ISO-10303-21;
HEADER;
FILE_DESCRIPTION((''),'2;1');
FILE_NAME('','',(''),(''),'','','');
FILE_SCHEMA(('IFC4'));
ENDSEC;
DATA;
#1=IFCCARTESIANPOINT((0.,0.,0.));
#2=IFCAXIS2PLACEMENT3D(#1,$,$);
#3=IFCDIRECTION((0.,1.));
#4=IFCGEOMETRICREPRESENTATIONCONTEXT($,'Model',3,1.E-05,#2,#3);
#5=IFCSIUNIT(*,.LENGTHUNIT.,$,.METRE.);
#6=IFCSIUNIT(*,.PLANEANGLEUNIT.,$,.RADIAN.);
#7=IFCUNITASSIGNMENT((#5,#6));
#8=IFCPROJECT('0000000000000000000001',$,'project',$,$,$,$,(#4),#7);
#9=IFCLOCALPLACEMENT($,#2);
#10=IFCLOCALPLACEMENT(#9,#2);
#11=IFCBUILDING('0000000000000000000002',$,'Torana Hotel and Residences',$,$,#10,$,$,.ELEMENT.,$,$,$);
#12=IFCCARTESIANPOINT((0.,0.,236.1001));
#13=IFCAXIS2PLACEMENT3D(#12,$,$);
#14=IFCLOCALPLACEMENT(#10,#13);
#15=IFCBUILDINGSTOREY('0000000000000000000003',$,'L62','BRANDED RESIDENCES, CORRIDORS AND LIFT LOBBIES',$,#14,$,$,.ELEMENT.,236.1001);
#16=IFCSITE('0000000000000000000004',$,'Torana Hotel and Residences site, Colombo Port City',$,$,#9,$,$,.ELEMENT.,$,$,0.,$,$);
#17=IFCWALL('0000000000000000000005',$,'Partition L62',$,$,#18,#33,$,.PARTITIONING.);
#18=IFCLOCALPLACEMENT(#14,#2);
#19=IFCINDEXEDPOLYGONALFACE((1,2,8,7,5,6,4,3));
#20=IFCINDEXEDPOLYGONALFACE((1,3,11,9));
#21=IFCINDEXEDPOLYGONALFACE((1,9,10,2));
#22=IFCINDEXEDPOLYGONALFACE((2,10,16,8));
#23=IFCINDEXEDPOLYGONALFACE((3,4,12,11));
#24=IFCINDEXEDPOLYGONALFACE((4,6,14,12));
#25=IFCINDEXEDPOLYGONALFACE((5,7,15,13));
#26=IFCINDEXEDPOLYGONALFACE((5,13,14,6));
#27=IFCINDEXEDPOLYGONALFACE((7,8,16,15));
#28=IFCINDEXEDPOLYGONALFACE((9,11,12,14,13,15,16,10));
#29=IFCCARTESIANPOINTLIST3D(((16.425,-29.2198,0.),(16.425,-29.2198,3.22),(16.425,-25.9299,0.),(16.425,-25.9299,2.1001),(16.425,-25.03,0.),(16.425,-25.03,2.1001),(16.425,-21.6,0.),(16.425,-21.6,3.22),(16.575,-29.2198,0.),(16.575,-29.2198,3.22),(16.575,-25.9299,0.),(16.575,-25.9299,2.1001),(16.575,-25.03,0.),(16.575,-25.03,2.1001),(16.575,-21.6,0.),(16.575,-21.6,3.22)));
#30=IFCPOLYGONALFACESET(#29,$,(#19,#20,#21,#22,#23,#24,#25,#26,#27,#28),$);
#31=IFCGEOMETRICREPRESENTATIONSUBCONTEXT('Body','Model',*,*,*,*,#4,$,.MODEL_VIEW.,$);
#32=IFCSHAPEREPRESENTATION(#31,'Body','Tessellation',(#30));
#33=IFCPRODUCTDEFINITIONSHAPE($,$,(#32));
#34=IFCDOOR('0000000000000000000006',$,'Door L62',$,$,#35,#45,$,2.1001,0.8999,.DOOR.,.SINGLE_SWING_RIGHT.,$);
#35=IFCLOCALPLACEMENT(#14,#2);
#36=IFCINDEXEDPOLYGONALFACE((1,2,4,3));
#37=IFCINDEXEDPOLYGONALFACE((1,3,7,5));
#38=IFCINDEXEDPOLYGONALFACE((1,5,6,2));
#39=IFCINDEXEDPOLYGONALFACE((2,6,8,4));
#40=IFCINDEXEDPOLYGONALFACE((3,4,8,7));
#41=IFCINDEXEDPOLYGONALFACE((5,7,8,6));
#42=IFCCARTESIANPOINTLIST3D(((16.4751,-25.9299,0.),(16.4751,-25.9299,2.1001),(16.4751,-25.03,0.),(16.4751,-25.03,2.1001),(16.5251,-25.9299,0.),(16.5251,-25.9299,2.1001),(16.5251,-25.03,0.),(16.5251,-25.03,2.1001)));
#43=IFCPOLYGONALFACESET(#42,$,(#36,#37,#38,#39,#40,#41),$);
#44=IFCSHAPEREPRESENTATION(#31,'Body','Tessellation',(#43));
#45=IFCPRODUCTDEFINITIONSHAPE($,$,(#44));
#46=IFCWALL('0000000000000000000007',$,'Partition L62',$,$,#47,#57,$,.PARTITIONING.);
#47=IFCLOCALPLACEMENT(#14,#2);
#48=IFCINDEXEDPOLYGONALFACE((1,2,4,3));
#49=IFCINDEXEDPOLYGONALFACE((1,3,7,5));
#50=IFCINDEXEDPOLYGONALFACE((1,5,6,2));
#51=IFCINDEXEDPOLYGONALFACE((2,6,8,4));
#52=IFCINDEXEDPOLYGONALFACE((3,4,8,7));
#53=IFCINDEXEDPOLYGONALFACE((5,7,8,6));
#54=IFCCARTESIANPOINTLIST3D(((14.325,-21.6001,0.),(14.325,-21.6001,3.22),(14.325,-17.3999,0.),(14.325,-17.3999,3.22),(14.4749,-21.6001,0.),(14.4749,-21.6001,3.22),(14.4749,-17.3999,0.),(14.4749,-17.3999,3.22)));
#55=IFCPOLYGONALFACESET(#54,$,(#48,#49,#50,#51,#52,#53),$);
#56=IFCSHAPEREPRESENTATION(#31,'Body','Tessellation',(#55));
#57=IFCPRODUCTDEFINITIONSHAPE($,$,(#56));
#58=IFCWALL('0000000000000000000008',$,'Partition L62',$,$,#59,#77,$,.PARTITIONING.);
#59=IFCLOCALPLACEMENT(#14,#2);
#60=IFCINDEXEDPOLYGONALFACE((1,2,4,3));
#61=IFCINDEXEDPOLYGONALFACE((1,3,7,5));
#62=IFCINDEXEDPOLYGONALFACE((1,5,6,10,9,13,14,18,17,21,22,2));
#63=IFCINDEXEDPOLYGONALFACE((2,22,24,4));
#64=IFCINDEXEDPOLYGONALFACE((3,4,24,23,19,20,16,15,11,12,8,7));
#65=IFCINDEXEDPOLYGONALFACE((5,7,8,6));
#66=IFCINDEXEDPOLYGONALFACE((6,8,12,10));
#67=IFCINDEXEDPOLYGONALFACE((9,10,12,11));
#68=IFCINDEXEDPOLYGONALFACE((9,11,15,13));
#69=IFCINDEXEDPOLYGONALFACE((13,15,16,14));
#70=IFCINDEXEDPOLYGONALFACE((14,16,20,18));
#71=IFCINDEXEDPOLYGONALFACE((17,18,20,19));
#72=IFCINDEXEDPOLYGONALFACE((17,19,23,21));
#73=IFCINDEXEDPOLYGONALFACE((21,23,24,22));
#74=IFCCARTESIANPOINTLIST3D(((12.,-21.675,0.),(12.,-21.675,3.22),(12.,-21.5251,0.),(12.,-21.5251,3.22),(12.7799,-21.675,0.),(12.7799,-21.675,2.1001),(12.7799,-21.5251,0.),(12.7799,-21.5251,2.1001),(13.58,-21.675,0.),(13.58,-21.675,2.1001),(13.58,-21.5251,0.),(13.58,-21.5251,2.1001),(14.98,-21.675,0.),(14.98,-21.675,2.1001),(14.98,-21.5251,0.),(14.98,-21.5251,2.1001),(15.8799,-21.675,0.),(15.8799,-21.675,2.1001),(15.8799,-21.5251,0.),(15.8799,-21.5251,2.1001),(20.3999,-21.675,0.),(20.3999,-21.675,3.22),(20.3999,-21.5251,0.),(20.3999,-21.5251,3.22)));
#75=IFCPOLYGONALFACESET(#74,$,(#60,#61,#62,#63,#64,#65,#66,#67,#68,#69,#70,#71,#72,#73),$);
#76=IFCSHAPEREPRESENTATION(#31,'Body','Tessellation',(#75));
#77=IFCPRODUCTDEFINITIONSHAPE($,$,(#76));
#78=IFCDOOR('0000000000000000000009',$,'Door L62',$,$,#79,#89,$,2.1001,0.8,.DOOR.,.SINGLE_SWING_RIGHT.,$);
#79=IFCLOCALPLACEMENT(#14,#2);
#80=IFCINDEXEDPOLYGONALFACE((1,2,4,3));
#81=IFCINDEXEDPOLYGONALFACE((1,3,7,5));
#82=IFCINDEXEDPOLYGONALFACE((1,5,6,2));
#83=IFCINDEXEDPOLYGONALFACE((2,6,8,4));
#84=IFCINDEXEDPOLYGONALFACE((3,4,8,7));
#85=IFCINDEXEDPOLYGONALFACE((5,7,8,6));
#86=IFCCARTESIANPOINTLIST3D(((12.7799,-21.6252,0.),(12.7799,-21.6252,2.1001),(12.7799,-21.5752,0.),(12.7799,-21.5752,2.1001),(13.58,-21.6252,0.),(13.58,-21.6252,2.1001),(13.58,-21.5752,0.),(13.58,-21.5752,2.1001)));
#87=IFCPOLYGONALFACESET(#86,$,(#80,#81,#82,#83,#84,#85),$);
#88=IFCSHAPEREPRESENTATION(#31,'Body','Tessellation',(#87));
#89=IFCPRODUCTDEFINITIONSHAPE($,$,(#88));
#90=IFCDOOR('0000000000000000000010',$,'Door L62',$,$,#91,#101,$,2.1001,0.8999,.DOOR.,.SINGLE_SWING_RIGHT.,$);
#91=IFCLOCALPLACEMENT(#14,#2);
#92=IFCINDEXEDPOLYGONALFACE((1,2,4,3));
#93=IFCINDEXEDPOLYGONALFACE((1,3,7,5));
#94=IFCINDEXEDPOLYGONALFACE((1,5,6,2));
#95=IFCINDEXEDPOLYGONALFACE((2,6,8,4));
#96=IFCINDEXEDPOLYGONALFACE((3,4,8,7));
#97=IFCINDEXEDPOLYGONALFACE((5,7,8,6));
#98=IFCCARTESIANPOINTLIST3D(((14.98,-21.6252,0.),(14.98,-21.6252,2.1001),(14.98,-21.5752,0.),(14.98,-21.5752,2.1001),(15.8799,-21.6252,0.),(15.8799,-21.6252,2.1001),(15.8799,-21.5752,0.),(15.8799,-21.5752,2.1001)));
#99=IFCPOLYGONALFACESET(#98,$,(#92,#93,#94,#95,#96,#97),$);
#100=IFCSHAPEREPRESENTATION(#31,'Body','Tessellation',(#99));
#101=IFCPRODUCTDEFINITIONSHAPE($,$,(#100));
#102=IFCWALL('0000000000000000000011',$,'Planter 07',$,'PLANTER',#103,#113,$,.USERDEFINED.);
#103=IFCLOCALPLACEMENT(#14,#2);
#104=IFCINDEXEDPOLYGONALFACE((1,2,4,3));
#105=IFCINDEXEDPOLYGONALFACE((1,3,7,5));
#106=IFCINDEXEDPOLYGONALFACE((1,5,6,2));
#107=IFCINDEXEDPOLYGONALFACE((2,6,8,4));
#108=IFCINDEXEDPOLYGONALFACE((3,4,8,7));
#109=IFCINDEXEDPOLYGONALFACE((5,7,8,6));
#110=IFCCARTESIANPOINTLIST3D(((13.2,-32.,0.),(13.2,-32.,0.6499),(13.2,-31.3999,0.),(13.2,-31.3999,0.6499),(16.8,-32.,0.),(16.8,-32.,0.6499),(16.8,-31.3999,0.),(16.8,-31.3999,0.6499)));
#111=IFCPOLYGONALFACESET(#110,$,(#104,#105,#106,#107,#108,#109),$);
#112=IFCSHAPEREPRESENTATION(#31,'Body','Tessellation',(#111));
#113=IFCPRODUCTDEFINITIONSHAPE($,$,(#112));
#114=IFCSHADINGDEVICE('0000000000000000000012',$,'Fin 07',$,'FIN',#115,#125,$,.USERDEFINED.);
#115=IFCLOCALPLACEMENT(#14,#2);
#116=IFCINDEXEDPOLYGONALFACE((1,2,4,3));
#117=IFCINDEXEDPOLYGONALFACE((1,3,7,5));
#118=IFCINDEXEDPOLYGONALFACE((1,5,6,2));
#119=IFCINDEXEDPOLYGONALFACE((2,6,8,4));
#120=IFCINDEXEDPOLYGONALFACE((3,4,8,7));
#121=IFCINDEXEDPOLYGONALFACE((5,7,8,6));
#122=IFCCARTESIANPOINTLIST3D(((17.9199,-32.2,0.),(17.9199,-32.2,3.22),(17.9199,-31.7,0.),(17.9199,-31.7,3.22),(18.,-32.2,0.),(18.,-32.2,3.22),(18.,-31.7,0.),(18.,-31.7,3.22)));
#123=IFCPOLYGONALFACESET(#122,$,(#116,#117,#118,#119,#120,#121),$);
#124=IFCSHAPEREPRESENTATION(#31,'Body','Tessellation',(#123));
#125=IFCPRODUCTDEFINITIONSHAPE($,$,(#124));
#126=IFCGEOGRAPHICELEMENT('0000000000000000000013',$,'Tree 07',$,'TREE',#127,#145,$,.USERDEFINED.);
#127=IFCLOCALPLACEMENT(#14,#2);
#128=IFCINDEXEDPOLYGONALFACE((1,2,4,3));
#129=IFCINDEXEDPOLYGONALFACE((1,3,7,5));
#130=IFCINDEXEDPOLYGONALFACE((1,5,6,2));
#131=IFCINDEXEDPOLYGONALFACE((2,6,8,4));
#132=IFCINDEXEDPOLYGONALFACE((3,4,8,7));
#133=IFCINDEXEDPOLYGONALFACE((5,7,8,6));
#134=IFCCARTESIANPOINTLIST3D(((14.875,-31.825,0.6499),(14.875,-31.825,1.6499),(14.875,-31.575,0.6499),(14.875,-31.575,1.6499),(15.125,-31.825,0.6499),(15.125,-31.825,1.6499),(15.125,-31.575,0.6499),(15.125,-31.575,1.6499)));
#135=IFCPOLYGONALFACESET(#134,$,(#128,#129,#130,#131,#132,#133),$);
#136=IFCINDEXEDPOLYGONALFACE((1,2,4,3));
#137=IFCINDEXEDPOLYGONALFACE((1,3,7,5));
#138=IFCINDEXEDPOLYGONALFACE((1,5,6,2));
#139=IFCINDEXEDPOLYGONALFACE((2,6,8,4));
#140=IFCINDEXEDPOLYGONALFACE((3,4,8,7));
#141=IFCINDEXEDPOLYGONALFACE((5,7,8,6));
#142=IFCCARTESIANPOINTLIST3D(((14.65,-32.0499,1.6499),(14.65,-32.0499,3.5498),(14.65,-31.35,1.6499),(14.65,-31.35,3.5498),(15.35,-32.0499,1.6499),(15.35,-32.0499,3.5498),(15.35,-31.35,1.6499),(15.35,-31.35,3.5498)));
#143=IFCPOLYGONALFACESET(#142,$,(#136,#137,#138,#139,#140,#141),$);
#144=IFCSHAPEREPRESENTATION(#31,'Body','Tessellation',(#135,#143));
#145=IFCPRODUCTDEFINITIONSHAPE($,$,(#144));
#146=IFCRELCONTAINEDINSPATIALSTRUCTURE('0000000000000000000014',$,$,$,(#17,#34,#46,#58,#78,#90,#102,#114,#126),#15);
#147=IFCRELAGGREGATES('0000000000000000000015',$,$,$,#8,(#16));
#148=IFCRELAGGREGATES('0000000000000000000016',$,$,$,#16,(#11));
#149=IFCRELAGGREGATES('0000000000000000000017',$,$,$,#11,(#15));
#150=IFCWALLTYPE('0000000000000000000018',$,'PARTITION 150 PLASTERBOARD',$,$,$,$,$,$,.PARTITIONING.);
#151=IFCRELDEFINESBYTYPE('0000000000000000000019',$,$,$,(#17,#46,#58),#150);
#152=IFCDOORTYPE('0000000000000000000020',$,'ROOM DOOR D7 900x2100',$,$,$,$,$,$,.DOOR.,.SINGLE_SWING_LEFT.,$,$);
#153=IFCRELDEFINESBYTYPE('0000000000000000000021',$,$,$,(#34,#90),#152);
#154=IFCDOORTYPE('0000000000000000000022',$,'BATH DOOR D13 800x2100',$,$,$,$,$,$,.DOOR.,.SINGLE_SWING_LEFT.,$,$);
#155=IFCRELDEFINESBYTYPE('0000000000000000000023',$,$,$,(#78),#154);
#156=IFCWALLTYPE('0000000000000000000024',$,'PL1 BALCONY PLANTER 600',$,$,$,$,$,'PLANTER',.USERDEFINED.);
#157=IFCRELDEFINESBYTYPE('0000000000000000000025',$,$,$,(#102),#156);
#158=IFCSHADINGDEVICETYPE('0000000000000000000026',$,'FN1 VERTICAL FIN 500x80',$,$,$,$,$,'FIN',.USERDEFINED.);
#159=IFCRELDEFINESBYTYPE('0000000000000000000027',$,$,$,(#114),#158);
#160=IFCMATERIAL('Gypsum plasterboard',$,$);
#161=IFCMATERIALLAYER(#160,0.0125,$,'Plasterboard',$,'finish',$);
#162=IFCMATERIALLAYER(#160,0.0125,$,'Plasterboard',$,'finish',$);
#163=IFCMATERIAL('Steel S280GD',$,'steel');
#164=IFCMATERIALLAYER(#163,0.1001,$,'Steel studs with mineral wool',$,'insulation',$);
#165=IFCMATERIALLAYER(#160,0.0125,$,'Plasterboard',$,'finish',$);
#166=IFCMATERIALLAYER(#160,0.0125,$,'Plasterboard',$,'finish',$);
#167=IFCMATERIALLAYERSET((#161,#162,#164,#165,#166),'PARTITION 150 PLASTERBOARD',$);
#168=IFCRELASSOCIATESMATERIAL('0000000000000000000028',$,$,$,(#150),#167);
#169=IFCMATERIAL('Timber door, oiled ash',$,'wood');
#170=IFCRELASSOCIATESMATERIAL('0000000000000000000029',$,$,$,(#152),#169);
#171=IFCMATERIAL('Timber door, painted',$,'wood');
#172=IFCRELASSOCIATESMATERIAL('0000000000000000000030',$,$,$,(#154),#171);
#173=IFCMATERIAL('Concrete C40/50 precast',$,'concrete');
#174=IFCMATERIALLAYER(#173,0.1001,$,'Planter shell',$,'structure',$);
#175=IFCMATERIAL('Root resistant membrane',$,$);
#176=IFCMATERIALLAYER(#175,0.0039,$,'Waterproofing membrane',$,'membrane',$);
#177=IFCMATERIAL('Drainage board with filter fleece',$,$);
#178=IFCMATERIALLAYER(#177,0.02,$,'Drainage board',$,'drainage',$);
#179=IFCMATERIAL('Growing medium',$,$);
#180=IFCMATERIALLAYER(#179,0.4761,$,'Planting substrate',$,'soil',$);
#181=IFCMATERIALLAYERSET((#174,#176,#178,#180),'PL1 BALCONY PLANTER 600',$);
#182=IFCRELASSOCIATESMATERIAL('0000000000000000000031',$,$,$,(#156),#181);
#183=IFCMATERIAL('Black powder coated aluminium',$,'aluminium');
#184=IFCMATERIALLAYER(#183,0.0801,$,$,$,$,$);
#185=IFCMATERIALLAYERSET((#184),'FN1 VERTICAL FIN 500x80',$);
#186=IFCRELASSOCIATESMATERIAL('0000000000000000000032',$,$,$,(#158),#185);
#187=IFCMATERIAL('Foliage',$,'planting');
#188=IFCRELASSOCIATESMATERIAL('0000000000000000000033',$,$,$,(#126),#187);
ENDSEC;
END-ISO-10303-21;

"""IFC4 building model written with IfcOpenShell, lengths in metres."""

from ifc_helpers import new_model, si_unit, direction, frame, frame_2d, origin, origin_2d, place, context, subcontext, project, spatial, rectangle, extrude, material, layer, layer_set, type_object, element, fill, save


model = new_model("IFC4")

# Units and contexts
model_context = context("Model", 3, precision=1e-05, world=origin(), true_north=direction((0.0, 1.0)))
body_context = subcontext(model_context, "Body", "Model", "MODEL_VIEW")
ifc_project = project(units=[si_unit("LENGTHUNIT", "METRE"), si_unit("PLANEANGLEUNIT", "RADIAN")], contexts=[model_context])

# Site, building, storey
site_placement = place(None, origin())
site = spatial("IfcSite", under=ifc_project, at=site_placement, Name="Torana Hotel and Residences site, Colombo Port City", CompositionType="ELEMENT", RefElevation=0.0)
building_placement = place(site_placement, origin())
building = spatial("IfcBuilding", under=site, at=building_placement, Name="Torana Hotel and Residences", CompositionType="ELEMENT")
storey_placement = place(building_placement, frame((0.0, 0.0, 236.1001)))
storey = spatial("IfcBuildingStorey", under=building, at=storey_placement, Name="L62", Description="BRANDED RESIDENCES, CORRIDORS AND LIFT LOBBIES", CompositionType="ELEMENT", Elevation=236.1001)

# Shared definitions
ifc_material_1 = material(Name="Gypsum plasterboard")
ifc_layer_1 = layer(ifc_material_1, 0.0125, Name="Plasterboard", Category="finish")
ifc_layer_2 = layer(ifc_material_1, 0.0125, Name="Plasterboard", Category="finish")
ifc_material_2 = material(Name="Steel S280GD", Category="steel")
ifc_layer_3 = layer(ifc_material_2, 0.1001, Name="Steel studs with mineral wool", Category="insulation")
ifc_layer_4 = layer(ifc_material_1, 0.0125, Name="Plasterboard", Category="finish")
ifc_layer_5 = layer(ifc_material_1, 0.0125, Name="Plasterboard", Category="finish")
ifc_layer_set_1 = layer_set([ifc_layer_1, ifc_layer_2, ifc_layer_3, ifc_layer_4, ifc_layer_5], Name="PARTITION 150 PLASTERBOARD")
wall_type_1 = type_object("IfcWallType", Name="PARTITION 150 PLASTERBOARD", PredefinedType="PARTITIONING", material=ifc_layer_set_1)

# Wall, opening, door
wall_1_placement = place(storey_placement, frame((16.5, -29.22, 0.0), z_axis=(0.0, 0.0, 1.0), x_axis=(0.0, 1.0, 0.0)))
wall_1 = element("IfcWall", 1, at=wall_1_placement, inside=storey, type_object=wall_type_1, Name="Partition L62", PredefinedType="PARTITIONING", context=body_context, shape_type="SweptSolid", body=[
    extrude(rectangle(XDim=7.6199, YDim=0.1499, at=frame_2d((3.8101, 0.0))), origin(), (0.0, 0.0, 1.0), 3.22),
])
opening_1_placement = place(wall_1_placement, frame((3.29, 0.0, 0.0)))
opening_1 = element("IfcOpeningElement", 2, at=opening_1_placement, cuts=wall_1, PredefinedType="OPENING", context=body_context, shape_type="SweptSolid", body=[
    extrude(rectangle(XDim=0.8999, YDim=2.1001, at=frame_2d((0.45, 1.05))), frame((0.0, 0.085, 0.0), z_axis=(0.0, -1.0, 0.0), x_axis=(1.0, 0.0, 0.0)), (0.0, 0.0, 1.0), 0.1699),
])
ifc_material_3 = material(Name="Timber door, oiled ash", Category="wood")
door_type_1 = type_object("IfcDoorType", Name="ROOM DOOR D7 900x2100", OperationType="SINGLE_SWING_LEFT", PredefinedType="DOOR", material=ifc_material_3)
door_1_placement = place(opening_1_placement, origin())
door_1 = element("IfcDoor", 3, at=door_1_placement, inside=storey, type_object=door_type_1, Name="Door L62", OperationType="SINGLE_SWING_RIGHT", OverallHeight=2.1001, OverallWidth=0.8999, PredefinedType="DOOR", context=body_context, shape_type="SweptSolid", body=[
    extrude(rectangle(XDim=0.8999, YDim=2.1001, at=frame_2d((0.45, 1.05))), frame((0.0, 0.0249, 0.0), z_axis=(0.0, -1.0, 0.0), x_axis=(1.0, 0.0, 0.0)), (0.0, 0.0, 1.0), 0.05),
])
fill(opening_1, door_1)

# Wall
wall_2_placement = place(storey_placement, frame((14.3999, -21.6001, 0.0), z_axis=(0.0, 0.0, 1.0), x_axis=(0.0, 1.0, 0.0)))
element("IfcWall", 4, at=wall_2_placement, inside=storey, type_object=wall_type_1, Name="Partition L62", PredefinedType="PARTITIONING", context=body_context, shape_type="SweptSolid", body=[
    extrude(rectangle(XDim=4.2002, YDim=0.1499, at=frame_2d((2.1001, 0.0))), origin(), (0.0, 0.0, 1.0), 3.22),
])

# Wall, openings, doors
wall_3_placement = place(storey_placement, frame((12.0, -21.6001, 0.0), z_axis=(0.0, 0.0, 1.0), x_axis=(1.0, 0.0, 0.0)))
wall_3 = element("IfcWall", 5, at=wall_3_placement, inside=storey, type_object=wall_type_1, Name="Partition L62", PredefinedType="PARTITIONING", context=body_context, shape_type="SweptSolid", body=[
    extrude(rectangle(XDim=8.3999, YDim=0.1499, at=frame_2d((4.2, 0.0))), origin(), (0.0, 0.0, 1.0), 3.22),
])
opening_2_placement = place(wall_3_placement, frame((0.78, 0.0, 0.0)))
opening_2 = element("IfcOpeningElement", 6, at=opening_2_placement, cuts=wall_3, PredefinedType="OPENING", context=body_context, shape_type="SweptSolid", body=[
    extrude(rectangle(XDim=0.8, YDim=2.1001, at=frame_2d((0.3999, 1.05))), frame((0.0, 0.085, 0.0), z_axis=(0.0, -1.0, 0.0), x_axis=(1.0, 0.0, 0.0)), (0.0, 0.0, 1.0), 0.1699),
])
opening_3_placement = place(wall_3_placement, frame((2.98, 0.0, 0.0)))
opening_3 = element("IfcOpeningElement", 7, at=opening_3_placement, cuts=wall_3, PredefinedType="OPENING", context=body_context, shape_type="SweptSolid", body=[
    extrude(rectangle(XDim=0.8999, YDim=2.1001, at=frame_2d((0.45, 1.05))), frame((0.0, 0.085, 0.0), z_axis=(0.0, -1.0, 0.0), x_axis=(1.0, 0.0, 0.0)), (0.0, 0.0, 1.0), 0.1699),
])
ifc_material_4 = material(Name="Timber door, painted", Category="wood")
door_type_2 = type_object("IfcDoorType", Name="BATH DOOR D13 800x2100", OperationType="SINGLE_SWING_LEFT", PredefinedType="DOOR", material=ifc_material_4)
door_2_placement = place(opening_2_placement, origin())
door_2 = element("IfcDoor", 8, at=door_2_placement, inside=storey, type_object=door_type_2, Name="Door L62", OperationType="SINGLE_SWING_RIGHT", OverallHeight=2.1001, OverallWidth=0.8, PredefinedType="DOOR", context=body_context, shape_type="SweptSolid", body=[
    extrude(rectangle(XDim=0.8, YDim=2.1001, at=frame_2d((0.3999, 1.05))), frame((0.0, 0.0249, 0.0), z_axis=(0.0, -1.0, 0.0), x_axis=(1.0, 0.0, 0.0)), (0.0, 0.0, 1.0), 0.05),
])
fill(opening_2, door_2)
door_3_placement = place(opening_3_placement, origin())
door_3 = element("IfcDoor", 9, at=door_3_placement, inside=storey, type_object=door_type_1, Name="Door L62", OperationType="SINGLE_SWING_RIGHT", OverallHeight=2.1001, OverallWidth=0.8999, PredefinedType="DOOR", context=body_context, shape_type="SweptSolid", body=[
    extrude(rectangle(XDim=0.8999, YDim=2.1001, at=frame_2d((0.45, 1.05))), frame((0.0, 0.0249, 0.0), z_axis=(0.0, -1.0, 0.0), x_axis=(1.0, 0.0, 0.0)), (0.0, 0.0, 1.0), 0.05),
])
fill(opening_3, door_3)

# Wall
ifc_material_5 = material(Name="Concrete C40/50 precast", Category="concrete")
ifc_layer_6 = layer(ifc_material_5, 0.1001, Name="Planter shell", Category="structure")
ifc_material_6 = material(Name="Root resistant membrane")
ifc_layer_7 = layer(ifc_material_6, 0.0039, Name="Waterproofing membrane", Category="membrane")
ifc_material_7 = material(Name="Drainage board with filter fleece")
ifc_layer_8 = layer(ifc_material_7, 0.02, Name="Drainage board", Category="drainage")
ifc_material_8 = material(Name="Growing medium")
ifc_layer_9 = layer(ifc_material_8, 0.4761, Name="Planting substrate", Category="soil")
ifc_layer_set_2 = layer_set([ifc_layer_6, ifc_layer_7, ifc_layer_8, ifc_layer_9], Name="PL1 BALCONY PLANTER 600")
wall_type_2 = type_object("IfcWallType", Name="PL1 BALCONY PLANTER 600", ElementType="PLANTER", PredefinedType="USERDEFINED", material=ifc_layer_set_2)
wall_4_placement = place(storey_placement, frame((16.8, -31.7, 0.0), z_axis=(0.0, 0.0, 1.0), x_axis=(-1.0, 0.0, 0.0)))
element("IfcWall", 10, at=wall_4_placement, inside=storey, type_object=wall_type_2, Name="Planter 07", ObjectType="PLANTER", PredefinedType="USERDEFINED", context=body_context, shape_type="SweptSolid", body=[
    extrude(rectangle(XDim=3.6001, YDim=0.6001, at=frame_2d((1.8, 0.0))), origin(), (0.0, 0.0, 1.0), 0.6499),
])

# Shading device
ifc_material_9 = material(Name="Black powder coated aluminium", Category="aluminium")
ifc_layer_10 = layer(ifc_material_9, 0.0801)
ifc_layer_set_3 = layer_set([ifc_layer_10], Name="FN1 VERTICAL FIN 500x80")
shading_device_type = type_object("IfcShadingDeviceType", Name="FN1 VERTICAL FIN 500x80", ElementType="FIN", PredefinedType="USERDEFINED", material=ifc_layer_set_3)
shading_device_placement = place(storey_placement, frame((17.96, -31.95, 0.0), z_axis=(0.0, 0.0, 1.0), x_axis=(-1.0, 0.0, 0.0)))
element("IfcShadingDevice", 11, at=shading_device_placement, inside=storey, type_object=shading_device_type, Name="Fin 07", ObjectType="FIN", PredefinedType="USERDEFINED", context=body_context, shape_type="SweptSolid", body=[
    extrude(rectangle(XDim=0.0801, YDim=0.5, at=origin_2d()), origin(), (0.0, 0.0, 1.0), 3.22),
])

# Geographic element
ifc_material_10 = material(Name="Foliage", Category="planting")
geographic_element_placement = place(storey_placement, frame((15.0, -31.7, 0.6499), z_axis=(0.0, 0.0, 1.0), x_axis=(1.0, 0.0, 0.0)))
element("IfcGeographicElement", 12, at=geographic_element_placement, inside=storey, material=ifc_material_10, Name="Tree 07", ObjectType="TREE", PredefinedType="USERDEFINED", context=body_context, shape_type="SweptSolid", body=[
    extrude(rectangle(XDim=0.25, YDim=0.25, at=origin_2d()), origin(), (0.0, 0.0, 1.0), 1.0),
    extrude(rectangle(XDim=0.7, YDim=0.7, at=origin_2d()), frame((0.0, 0.0, 1.0)), (0.0, 0.0, 1.0), 1.8999),
])

save(model, "model.ifc")
